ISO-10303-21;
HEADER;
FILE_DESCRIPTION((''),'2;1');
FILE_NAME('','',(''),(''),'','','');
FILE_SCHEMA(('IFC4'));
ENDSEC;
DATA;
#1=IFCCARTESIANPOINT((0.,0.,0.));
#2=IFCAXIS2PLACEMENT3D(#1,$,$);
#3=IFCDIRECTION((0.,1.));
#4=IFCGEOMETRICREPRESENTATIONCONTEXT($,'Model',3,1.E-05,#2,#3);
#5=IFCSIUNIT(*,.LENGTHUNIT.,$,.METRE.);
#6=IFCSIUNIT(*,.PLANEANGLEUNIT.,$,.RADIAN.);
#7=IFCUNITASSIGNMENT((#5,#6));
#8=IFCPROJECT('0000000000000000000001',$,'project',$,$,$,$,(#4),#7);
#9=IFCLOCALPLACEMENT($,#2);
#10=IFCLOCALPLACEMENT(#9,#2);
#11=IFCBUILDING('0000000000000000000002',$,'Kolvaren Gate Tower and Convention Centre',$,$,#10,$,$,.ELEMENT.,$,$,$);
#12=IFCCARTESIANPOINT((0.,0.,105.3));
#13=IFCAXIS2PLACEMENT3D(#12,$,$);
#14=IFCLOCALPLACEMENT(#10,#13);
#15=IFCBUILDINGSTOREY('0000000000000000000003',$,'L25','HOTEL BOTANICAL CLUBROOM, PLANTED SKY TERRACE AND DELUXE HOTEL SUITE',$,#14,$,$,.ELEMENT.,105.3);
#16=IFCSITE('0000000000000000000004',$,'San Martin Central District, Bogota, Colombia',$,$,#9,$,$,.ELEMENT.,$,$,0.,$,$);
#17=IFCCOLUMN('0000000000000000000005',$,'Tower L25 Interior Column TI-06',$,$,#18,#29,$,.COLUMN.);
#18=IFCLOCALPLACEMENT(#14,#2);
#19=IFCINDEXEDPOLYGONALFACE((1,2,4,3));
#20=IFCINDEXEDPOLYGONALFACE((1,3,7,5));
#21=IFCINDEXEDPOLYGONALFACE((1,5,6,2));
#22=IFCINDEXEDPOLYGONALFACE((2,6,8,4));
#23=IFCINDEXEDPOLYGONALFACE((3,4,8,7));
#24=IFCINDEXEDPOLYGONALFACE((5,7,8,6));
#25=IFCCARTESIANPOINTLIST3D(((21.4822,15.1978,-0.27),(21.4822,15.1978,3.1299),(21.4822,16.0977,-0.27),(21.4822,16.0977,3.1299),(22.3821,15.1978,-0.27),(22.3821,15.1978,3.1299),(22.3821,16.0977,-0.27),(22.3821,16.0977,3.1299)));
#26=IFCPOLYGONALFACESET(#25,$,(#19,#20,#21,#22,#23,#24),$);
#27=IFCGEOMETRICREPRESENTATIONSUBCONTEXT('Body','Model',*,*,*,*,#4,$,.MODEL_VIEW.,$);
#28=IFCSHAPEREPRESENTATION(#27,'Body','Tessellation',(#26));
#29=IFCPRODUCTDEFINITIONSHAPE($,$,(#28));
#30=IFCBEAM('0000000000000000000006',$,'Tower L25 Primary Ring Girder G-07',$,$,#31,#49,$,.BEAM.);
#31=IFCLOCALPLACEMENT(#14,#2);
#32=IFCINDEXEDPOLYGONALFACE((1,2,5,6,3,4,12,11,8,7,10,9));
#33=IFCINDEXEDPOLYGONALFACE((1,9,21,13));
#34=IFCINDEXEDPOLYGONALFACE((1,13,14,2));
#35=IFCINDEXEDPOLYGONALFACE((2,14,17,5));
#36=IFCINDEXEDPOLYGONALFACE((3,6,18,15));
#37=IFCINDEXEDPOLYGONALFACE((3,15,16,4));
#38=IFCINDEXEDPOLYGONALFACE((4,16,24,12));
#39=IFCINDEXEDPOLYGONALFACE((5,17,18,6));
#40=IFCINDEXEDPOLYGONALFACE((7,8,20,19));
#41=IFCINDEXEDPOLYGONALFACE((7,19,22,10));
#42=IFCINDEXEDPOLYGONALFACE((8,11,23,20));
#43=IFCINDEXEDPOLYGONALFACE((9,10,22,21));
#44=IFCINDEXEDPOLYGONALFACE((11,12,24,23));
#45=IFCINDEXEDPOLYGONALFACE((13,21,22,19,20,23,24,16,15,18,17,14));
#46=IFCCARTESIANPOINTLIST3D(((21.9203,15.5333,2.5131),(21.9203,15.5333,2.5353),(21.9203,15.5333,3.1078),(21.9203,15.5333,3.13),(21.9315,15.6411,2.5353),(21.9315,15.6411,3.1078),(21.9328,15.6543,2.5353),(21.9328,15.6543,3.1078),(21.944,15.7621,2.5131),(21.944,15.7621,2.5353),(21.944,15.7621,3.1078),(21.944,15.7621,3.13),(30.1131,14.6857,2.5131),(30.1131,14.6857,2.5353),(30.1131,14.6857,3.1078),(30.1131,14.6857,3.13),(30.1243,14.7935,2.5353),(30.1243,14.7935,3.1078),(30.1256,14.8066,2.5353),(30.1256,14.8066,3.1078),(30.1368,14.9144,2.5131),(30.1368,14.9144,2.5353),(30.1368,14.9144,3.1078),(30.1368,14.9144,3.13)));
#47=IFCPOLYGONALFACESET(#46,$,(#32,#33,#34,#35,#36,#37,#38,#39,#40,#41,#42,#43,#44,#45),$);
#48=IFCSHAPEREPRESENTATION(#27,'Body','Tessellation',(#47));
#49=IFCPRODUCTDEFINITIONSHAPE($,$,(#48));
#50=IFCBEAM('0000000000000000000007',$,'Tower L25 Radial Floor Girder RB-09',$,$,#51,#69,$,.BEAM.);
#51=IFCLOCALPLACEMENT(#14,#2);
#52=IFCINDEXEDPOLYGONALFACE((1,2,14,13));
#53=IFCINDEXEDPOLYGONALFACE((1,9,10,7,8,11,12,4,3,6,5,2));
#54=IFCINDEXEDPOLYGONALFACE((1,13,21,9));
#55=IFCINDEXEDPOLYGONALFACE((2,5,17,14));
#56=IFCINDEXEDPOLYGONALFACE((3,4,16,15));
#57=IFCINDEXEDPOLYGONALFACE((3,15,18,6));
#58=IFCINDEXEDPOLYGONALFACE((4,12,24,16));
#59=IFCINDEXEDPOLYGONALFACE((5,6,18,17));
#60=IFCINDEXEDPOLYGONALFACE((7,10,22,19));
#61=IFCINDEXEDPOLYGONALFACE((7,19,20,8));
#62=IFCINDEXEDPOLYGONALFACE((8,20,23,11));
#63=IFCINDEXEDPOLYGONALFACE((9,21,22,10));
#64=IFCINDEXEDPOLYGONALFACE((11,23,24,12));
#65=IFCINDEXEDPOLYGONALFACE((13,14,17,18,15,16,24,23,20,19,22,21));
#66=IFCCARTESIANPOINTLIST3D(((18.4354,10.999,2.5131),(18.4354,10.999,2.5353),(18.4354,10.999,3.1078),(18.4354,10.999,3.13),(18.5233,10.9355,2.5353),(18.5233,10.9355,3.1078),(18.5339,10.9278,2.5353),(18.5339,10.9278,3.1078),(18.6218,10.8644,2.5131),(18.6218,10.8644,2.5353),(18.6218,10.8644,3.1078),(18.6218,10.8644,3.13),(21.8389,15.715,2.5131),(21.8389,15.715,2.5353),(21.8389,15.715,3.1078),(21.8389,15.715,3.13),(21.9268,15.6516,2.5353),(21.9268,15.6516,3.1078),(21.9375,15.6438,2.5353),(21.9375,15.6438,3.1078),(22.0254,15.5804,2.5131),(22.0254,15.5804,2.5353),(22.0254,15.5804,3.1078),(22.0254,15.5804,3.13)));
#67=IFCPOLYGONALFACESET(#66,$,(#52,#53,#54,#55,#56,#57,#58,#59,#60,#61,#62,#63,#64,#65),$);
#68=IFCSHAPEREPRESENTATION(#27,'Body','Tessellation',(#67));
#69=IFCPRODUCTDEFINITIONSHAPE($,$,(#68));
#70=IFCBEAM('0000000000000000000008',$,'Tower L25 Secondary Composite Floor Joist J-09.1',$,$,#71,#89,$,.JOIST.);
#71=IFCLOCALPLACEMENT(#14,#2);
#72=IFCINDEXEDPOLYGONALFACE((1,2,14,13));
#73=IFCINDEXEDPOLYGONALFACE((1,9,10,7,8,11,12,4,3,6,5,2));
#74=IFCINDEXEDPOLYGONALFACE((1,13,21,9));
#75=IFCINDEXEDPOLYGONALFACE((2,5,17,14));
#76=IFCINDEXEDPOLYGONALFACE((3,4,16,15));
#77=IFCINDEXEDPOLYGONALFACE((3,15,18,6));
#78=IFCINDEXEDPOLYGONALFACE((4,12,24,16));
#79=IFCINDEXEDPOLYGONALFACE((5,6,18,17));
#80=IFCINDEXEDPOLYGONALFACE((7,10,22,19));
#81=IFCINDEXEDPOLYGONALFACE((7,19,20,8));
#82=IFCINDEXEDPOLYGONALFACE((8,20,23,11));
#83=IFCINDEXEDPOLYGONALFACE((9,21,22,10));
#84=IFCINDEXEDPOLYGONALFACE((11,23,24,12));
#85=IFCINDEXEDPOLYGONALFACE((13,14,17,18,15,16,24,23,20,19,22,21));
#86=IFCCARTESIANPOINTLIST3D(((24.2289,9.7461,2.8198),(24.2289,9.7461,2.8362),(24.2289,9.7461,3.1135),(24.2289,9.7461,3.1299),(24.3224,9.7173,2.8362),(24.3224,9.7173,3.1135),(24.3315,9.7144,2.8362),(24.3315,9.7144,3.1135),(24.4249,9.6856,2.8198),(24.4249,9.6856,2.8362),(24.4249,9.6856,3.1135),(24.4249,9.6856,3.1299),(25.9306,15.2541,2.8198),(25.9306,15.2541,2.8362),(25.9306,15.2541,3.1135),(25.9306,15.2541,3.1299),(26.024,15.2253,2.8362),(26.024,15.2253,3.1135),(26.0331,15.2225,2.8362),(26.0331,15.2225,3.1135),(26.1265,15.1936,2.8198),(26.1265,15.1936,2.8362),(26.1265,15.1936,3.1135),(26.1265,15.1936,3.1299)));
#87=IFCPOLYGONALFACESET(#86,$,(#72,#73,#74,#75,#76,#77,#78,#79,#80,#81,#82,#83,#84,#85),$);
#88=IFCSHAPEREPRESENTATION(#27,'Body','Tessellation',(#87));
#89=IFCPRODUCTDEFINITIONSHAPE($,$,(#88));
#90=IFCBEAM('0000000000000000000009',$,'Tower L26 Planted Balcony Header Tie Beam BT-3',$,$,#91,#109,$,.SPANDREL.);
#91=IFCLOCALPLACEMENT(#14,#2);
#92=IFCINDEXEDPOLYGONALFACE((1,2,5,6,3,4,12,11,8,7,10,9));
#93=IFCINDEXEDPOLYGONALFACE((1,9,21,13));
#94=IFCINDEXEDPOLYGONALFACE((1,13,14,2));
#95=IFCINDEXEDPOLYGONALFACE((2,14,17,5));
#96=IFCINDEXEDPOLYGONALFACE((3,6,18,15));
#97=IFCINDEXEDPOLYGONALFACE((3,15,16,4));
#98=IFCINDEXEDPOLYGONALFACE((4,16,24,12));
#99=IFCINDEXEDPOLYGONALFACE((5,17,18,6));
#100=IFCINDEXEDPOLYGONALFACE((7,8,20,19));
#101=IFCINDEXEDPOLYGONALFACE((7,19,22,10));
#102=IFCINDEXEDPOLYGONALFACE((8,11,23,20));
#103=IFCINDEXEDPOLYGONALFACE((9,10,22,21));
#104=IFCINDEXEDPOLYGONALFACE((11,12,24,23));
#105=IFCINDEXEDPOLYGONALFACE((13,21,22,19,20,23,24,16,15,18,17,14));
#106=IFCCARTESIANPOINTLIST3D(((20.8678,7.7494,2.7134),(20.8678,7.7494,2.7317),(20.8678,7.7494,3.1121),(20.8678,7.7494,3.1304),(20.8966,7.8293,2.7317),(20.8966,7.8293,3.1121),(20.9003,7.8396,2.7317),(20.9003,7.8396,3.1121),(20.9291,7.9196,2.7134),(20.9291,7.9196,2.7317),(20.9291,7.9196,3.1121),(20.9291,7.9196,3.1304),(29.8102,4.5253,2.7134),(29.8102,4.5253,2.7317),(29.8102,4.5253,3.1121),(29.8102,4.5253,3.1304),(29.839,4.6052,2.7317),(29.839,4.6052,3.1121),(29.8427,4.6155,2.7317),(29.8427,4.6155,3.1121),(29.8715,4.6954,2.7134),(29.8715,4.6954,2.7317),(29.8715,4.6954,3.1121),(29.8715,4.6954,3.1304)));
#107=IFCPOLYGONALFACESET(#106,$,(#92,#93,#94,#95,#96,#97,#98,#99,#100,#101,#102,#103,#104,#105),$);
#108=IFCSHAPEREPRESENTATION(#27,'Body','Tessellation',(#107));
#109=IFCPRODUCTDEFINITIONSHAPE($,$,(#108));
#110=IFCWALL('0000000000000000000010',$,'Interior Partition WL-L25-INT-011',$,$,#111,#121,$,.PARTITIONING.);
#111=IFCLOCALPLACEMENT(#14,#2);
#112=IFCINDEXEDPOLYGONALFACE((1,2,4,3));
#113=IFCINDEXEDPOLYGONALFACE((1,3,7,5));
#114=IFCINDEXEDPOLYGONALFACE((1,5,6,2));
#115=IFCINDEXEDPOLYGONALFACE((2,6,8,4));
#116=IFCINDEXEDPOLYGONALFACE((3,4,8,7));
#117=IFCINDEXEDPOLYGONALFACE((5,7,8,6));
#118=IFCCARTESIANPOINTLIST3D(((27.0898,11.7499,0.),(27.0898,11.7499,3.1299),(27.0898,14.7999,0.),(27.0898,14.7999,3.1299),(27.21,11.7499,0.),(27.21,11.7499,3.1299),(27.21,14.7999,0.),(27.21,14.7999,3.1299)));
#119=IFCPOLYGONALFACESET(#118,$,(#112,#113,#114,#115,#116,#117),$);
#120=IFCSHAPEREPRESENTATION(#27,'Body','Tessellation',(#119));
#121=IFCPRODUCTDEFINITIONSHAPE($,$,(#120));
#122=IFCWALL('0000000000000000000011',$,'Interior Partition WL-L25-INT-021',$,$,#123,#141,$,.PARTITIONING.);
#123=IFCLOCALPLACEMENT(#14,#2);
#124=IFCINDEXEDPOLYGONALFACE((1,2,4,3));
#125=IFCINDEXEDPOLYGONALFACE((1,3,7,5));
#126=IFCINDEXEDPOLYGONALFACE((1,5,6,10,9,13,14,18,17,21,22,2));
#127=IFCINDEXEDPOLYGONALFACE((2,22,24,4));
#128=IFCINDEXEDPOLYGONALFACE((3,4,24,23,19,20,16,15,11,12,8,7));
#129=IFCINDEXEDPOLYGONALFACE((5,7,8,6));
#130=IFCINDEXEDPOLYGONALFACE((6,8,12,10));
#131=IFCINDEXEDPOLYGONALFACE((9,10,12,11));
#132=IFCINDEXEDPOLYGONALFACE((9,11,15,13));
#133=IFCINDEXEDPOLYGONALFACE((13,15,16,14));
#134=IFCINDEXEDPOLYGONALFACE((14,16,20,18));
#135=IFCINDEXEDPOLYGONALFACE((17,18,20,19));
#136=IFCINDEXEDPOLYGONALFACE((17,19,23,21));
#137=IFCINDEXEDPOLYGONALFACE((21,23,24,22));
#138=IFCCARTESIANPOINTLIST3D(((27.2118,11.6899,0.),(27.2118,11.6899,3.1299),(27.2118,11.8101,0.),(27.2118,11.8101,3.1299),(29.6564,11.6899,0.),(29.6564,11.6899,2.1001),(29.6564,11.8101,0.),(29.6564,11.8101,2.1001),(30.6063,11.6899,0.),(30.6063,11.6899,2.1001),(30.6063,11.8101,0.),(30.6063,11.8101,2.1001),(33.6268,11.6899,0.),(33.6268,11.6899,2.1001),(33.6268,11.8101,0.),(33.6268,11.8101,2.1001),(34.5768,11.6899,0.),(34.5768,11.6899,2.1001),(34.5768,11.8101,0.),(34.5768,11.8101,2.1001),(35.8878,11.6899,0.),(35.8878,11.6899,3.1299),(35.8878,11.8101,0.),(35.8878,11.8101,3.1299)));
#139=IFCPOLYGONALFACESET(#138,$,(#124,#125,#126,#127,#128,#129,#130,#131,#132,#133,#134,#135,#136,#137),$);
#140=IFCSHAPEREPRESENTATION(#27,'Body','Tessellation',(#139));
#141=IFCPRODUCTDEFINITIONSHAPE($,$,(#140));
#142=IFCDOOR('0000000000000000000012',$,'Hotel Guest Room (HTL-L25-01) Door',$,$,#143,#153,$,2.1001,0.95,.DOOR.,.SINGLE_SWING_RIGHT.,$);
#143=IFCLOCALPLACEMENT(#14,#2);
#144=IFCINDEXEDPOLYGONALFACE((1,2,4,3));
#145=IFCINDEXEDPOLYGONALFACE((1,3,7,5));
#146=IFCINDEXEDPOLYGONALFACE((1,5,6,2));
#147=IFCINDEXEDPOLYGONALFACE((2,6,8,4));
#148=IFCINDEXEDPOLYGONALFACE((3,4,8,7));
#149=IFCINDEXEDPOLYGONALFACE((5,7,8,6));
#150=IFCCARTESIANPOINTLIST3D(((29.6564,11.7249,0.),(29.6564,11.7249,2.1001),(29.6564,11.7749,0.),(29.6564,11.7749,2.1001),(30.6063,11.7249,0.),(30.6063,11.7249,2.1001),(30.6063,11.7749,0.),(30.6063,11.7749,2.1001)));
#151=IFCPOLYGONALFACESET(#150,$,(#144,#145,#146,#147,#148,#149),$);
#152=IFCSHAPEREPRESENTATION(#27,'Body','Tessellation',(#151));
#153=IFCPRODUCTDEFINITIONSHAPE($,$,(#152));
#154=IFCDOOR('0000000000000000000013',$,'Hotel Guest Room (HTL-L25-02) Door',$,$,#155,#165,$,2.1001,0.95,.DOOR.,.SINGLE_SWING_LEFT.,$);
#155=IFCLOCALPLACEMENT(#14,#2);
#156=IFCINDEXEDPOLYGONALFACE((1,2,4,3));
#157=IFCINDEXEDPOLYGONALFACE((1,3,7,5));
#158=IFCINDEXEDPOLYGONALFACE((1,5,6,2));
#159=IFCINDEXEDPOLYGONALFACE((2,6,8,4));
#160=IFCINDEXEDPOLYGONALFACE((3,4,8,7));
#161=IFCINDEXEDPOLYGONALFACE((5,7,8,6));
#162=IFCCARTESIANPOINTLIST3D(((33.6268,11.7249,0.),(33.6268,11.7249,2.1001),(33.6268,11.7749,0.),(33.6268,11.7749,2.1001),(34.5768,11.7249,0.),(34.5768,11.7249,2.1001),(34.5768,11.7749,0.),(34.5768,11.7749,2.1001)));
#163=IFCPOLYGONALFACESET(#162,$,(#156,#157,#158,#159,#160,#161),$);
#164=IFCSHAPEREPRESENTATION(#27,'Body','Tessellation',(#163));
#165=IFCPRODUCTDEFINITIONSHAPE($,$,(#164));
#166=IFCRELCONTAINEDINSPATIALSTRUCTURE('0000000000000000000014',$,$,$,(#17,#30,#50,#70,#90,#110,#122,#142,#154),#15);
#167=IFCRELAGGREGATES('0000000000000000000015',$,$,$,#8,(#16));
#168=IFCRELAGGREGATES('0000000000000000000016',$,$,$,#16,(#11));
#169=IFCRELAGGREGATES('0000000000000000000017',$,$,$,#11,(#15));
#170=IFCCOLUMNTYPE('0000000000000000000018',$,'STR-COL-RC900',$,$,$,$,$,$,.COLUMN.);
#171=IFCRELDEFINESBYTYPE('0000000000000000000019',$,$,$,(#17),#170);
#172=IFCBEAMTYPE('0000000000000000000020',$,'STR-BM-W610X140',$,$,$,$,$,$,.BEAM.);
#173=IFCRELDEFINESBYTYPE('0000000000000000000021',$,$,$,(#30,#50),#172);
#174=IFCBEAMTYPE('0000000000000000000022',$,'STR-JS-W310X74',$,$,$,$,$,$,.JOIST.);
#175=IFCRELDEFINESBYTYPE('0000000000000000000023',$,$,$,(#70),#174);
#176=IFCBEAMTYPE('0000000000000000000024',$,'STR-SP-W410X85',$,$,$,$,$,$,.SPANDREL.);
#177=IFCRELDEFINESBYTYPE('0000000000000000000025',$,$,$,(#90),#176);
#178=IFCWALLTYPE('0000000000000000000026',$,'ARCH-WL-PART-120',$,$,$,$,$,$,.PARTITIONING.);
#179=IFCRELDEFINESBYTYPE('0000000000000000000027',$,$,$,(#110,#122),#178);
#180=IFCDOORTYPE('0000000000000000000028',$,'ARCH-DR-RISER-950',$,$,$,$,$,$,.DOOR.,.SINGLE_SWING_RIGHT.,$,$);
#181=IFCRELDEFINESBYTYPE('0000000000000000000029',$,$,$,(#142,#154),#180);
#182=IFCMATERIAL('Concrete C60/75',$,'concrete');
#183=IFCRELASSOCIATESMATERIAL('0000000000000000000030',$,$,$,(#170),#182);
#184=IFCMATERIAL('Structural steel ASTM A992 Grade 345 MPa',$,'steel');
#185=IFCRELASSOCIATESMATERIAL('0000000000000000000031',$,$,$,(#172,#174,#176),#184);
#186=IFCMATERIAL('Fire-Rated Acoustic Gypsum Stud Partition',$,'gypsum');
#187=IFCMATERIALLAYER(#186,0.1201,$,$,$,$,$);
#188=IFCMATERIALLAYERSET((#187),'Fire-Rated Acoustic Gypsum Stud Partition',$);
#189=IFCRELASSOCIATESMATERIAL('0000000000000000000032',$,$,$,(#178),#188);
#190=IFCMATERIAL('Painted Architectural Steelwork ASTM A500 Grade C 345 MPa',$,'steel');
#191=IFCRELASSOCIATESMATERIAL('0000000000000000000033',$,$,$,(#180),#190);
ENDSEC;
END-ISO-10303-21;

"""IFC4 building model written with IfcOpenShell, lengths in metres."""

from ifc_helpers import new_model, si_unit, direction, frame, frame_2d, origin, origin_2d, place, context, subcontext, project, spatial, rectangle, i_section, extrude, material, layer, layer_set, material_profile, profile_set, type_object, element, fill, save


model = new_model("IFC4")

# Units and contexts
model_context = context("Model", 3, precision=1e-05, world=origin(), true_north=direction((0.0, 1.0)))
body_context = subcontext(model_context, "Body", "Model", "MODEL_VIEW")
ifc_project = project(units=[si_unit("LENGTHUNIT", "METRE"), si_unit("PLANEANGLEUNIT", "RADIAN")], contexts=[model_context])

# Site, building, storey
site_placement = place(None, origin())
site = spatial("IfcSite", under=ifc_project, at=site_placement, Name="San Martin Central District, Bogota, Colombia", CompositionType="ELEMENT", RefElevation=0.0)
building_placement = place(site_placement, origin())
building = spatial("IfcBuilding", under=site, at=building_placement, Name="Kolvaren Gate Tower and Convention Centre", CompositionType="ELEMENT")
storey_placement = place(building_placement, frame((0.0, 0.0, 105.3)))
storey = spatial("IfcBuildingStorey", under=building, at=storey_placement, Name="L25", Description="HOTEL BOTANICAL CLUBROOM, PLANTED SKY TERRACE AND DELUXE HOTEL SUITE", CompositionType="ELEMENT", Elevation=105.3)

# Column
ifc_material_1 = material(Name="Concrete C60/75", Category="concrete")
ifc_material_profile_1 = material_profile(ifc_material_1, rectangle(XDim=0.8999, YDim=0.8999, at=origin_2d()), Name="RC-COL-900X900")
ifc_profile_set_1 = profile_set([ifc_material_profile_1], Name="Concrete C60/75")
column_type = type_object("IfcColumnType", Name="STR-COL-RC900", PredefinedType="COLUMN", material=ifc_profile_set_1)
column_placement = place(storey_placement, frame((21.9321, 15.6477, -0.27), z_axis=(0.0, 0.0, 1.0), x_axis=(1.0, 0.0, 0.0)))
element("IfcColumn", 1, at=column_placement, inside=storey, type_object=column_type, Name="Tower L25 Interior Column TI-06", PredefinedType="COLUMN", context=body_context, shape_type="SweptSolid", body=[
    extrude(rectangle(XDim=0.8999, YDim=0.8999, at=origin_2d()), origin(), (0.0, 0.0, 1.0), 3.3999),
])

# Beams
ifc_material_2 = material(Name="Structural steel ASTM A992 Grade 345 MPa", Category="steel")
ifc_material_profile_2 = material_profile(ifc_material_2, i_section(OverallWidth=0.23, OverallDepth=0.6169, WebThickness=0.0132, FlangeThickness=0.0222, at=origin_2d()), Name="W610X140")
ifc_profile_set_2 = profile_set([ifc_material_profile_2], Name="Structural steel ASTM A992 Grade 345 MPa")
beam_type_1 = type_object("IfcBeamType", Name="STR-BM-W610X140", PredefinedType="BEAM", material=ifc_profile_set_2)
beam_1_placement = place(storey_placement, frame((21.9321, 15.6477, 2.8215), z_axis=(0.99469, -0.102913, 0.0), x_axis=(0.102913, 0.99469, 0.0)))
element("IfcBeam", 2, at=beam_1_placement, inside=storey, type_object=beam_type_1, Name="Tower L25 Primary Ring Girder G-07", PredefinedType="BEAM", context=body_context, shape_type="SweptSolid", body=[
    extrude(i_section(OverallWidth=0.23, OverallDepth=0.6169, WebThickness=0.0132, FlangeThickness=0.0222, at=origin_2d()), origin(), (0.0, 0.0, 1.0), 8.2366),
])
beam_2_placement = place(storey_placement, frame((21.9321, 15.6477, 2.8215), z_axis=(-0.58521, -0.810882, 0.0), x_axis=(0.810882, -0.58521, 0.0)))
element("IfcBeam", 3, at=beam_2_placement, inside=storey, type_object=beam_type_1, Name="Tower L25 Radial Floor Girder RB-09", PredefinedType="BEAM", context=body_context, shape_type="SweptSolid", body=[
    extrude(i_section(OverallWidth=0.23, OverallDepth=0.6169, WebThickness=0.0132, FlangeThickness=0.0222, at=origin_2d()), origin(), (0.0, 0.0, 1.0), 5.8159),
])
ifc_material_profile_3 = material_profile(ifc_material_2, i_section(OverallWidth=0.2051, OverallDepth=0.3101, WebThickness=0.0095, FlangeThickness=0.0164, at=origin_2d()), Name="W310X74")
ifc_profile_set_3 = profile_set([ifc_material_profile_3], Name="Structural steel ASTM A992 Grade 345 MPa")
beam_type_2 = type_object("IfcBeamType", Name="STR-JS-W310X74", PredefinedType="JOIST", material=ifc_profile_set_3)
beam_3_placement = place(storey_placement, frame((26.0286, 15.2239, 2.9749), z_axis=(-0.295175, -0.955443, 0.0), x_axis=(0.955443, -0.295175, 0.0)))
element("IfcBeam", 4, at=beam_3_placement, inside=storey, type_object=beam_type_2, Name="Tower L25 Secondary Composite Floor Joist J-09.1", PredefinedType="JOIST", context=body_context, shape_type="SweptSolid", body=[
    extrude(i_section(OverallWidth=0.2051, OverallDepth=0.3101, WebThickness=0.0095, FlangeThickness=0.0164, at=origin_2d()), origin(), (0.0, 0.0, 1.0), 5.7649),
])
ifc_material_profile_4 = material_profile(ifc_material_2, i_section(OverallWidth=0.1809, OverallDepth=0.417, WebThickness=0.011, FlangeThickness=0.0183, at=origin_2d()), Name="W410X85")
ifc_profile_set_4 = profile_set([ifc_material_profile_4], Name="Structural steel ASTM A992 Grade 345 MPa")
beam_type_3 = type_object("IfcBeamType", Name="STR-SP-W410X85", PredefinedType="SPANDREL", material=ifc_profile_set_4)
beam_4_placement = place(storey_placement, frame((20.8984, 7.8345, 2.9219), z_axis=(0.940724, -0.339172, 0.0), x_axis=(0.339172, 0.940724, 0.0)))
element("IfcBeam", 5, at=beam_4_placement, inside=storey, type_object=beam_type_3, Name="Tower L26 Planted Balcony Header Tie Beam BT-3", PredefinedType="SPANDREL", context=body_context, shape_type="SweptSolid", body=[
    extrude(i_section(OverallWidth=0.1809, OverallDepth=0.417, WebThickness=0.011, FlangeThickness=0.0183, at=origin_2d()), origin(), (0.0, 0.0, 1.0), 9.5059),
])

# Wall
ifc_material_3 = material(Name="Fire-Rated Acoustic Gypsum Stud Partition", Category="gypsum")
ifc_layer_1 = layer(ifc_material_3, 0.1201)
ifc_layer_set_1 = layer_set([ifc_layer_1], Name="Fire-Rated Acoustic Gypsum Stud Partition")
wall_type_1 = type_object("IfcWallType", Name="ARCH-WL-PART-120", PredefinedType="PARTITIONING", material=ifc_layer_set_1)
wall_1_placement = place(storey_placement, frame((27.1499, 11.75, 0.0), z_axis=(0.0, 0.0, 1.0), x_axis=(0.0, 1.0, 0.0)))
element("IfcWall", 6, at=wall_1_placement, inside=storey, type_object=wall_type_1, Name="Interior Partition WL-L25-INT-011", PredefinedType="PARTITIONING", context=body_context, shape_type="SweptSolid", body=[
    extrude(rectangle(XDim=3.05, YDim=0.1201, at=frame_2d((1.5249, 0.0))), origin(), (0.0, 0.0, 1.0), 3.1299),
])

# Wall, openings, doors
wall_2_placement = place(storey_placement, frame((27.2119, 11.75, 0.0), z_axis=(0.0, 0.0, 1.0), x_axis=(1.0, 0.0, 0.0)))
wall_2 = element("IfcWall", 7, at=wall_2_placement, inside=storey, type_object=wall_type_1, Name="Interior Partition WL-L25-INT-021", PredefinedType="PARTITIONING", context=body_context, shape_type="SweptSolid", body=[
    extrude(rectangle(XDim=8.676, YDim=0.1201, at=frame_2d((4.3379, 0.0))), origin(), (0.0, 0.0, 1.0), 3.1299),
])
opening_1_placement = place(wall_2_placement, frame((2.4443, 0.0, 0.0)))
opening_1 = element("IfcOpeningElement", 8, at=opening_1_placement, cuts=wall_2, PredefinedType="OPENING", context=body_context, shape_type="SweptSolid", body=[
    extrude(rectangle(XDim=0.95, YDim=2.1001, at=frame_2d((0.4751, 1.05))), frame((0.0, 0.0701, 0.0), z_axis=(0.0, -1.0, 0.0), x_axis=(1.0, 0.0, 0.0)), (0.0, 0.0, 1.0), 0.1401),
])
opening_2_placement = place(wall_2_placement, frame((6.4148, 0.0, 0.0)))
opening_2 = element("IfcOpeningElement", 9, at=opening_2_placement, cuts=wall_2, PredefinedType="OPENING", context=body_context, shape_type="SweptSolid", body=[
    extrude(rectangle(XDim=0.95, YDim=2.1001, at=frame_2d((0.4751, 1.05))), frame((0.0, 0.0701, 0.0), z_axis=(0.0, -1.0, 0.0), x_axis=(1.0, 0.0, 0.0)), (0.0, 0.0, 1.0), 0.1401),
])
ifc_material_4 = material(Name="Painted Architectural Steelwork ASTM A500 Grade C 345 MPa", Category="steel")
door_type_1 = type_object("IfcDoorType", Name="ARCH-DR-RISER-950", OperationType="SINGLE_SWING_RIGHT", PredefinedType="DOOR", material=ifc_material_4)
door_1_placement = place(opening_1_placement, origin())
door_1 = element("IfcDoor", 10, at=door_1_placement, inside=storey, type_object=door_type_1, Name="Hotel Guest Room (HTL-L25-01) Door", OperationType="SINGLE_SWING_RIGHT", OverallHeight=2.1001, OverallWidth=0.95, PredefinedType="DOOR", context=body_context, shape_type="SweptSolid", body=[
    extrude(rectangle(XDim=0.95, YDim=2.1001, at=frame_2d((0.4751, 1.05))), frame((0.0, 0.0249, 0.0), z_axis=(0.0, -1.0, 0.0), x_axis=(1.0, 0.0, 0.0)), (0.0, 0.0, 1.0), 0.05),
])
fill(opening_1, door_1)
door_2_placement = place(opening_2_placement, origin())
door_2 = element("IfcDoor", 11, at=door_2_placement, inside=storey, type_object=door_type_1, Name="Hotel Guest Room (HTL-L25-02) Door", OperationType="SINGLE_SWING_LEFT", OverallHeight=2.1001, OverallWidth=0.95, PredefinedType="DOOR", context=body_context, shape_type="SweptSolid", body=[
    extrude(rectangle(XDim=0.95, YDim=2.1001, at=frame_2d((0.4751, 1.05))), frame((0.0, 0.0249, 0.0), z_axis=(0.0, -1.0, 0.0), x_axis=(1.0, 0.0, 0.0)), (0.0, 0.0, 1.0), 0.05),
])
fill(opening_2, door_2)

save(model, "model.ifc")
